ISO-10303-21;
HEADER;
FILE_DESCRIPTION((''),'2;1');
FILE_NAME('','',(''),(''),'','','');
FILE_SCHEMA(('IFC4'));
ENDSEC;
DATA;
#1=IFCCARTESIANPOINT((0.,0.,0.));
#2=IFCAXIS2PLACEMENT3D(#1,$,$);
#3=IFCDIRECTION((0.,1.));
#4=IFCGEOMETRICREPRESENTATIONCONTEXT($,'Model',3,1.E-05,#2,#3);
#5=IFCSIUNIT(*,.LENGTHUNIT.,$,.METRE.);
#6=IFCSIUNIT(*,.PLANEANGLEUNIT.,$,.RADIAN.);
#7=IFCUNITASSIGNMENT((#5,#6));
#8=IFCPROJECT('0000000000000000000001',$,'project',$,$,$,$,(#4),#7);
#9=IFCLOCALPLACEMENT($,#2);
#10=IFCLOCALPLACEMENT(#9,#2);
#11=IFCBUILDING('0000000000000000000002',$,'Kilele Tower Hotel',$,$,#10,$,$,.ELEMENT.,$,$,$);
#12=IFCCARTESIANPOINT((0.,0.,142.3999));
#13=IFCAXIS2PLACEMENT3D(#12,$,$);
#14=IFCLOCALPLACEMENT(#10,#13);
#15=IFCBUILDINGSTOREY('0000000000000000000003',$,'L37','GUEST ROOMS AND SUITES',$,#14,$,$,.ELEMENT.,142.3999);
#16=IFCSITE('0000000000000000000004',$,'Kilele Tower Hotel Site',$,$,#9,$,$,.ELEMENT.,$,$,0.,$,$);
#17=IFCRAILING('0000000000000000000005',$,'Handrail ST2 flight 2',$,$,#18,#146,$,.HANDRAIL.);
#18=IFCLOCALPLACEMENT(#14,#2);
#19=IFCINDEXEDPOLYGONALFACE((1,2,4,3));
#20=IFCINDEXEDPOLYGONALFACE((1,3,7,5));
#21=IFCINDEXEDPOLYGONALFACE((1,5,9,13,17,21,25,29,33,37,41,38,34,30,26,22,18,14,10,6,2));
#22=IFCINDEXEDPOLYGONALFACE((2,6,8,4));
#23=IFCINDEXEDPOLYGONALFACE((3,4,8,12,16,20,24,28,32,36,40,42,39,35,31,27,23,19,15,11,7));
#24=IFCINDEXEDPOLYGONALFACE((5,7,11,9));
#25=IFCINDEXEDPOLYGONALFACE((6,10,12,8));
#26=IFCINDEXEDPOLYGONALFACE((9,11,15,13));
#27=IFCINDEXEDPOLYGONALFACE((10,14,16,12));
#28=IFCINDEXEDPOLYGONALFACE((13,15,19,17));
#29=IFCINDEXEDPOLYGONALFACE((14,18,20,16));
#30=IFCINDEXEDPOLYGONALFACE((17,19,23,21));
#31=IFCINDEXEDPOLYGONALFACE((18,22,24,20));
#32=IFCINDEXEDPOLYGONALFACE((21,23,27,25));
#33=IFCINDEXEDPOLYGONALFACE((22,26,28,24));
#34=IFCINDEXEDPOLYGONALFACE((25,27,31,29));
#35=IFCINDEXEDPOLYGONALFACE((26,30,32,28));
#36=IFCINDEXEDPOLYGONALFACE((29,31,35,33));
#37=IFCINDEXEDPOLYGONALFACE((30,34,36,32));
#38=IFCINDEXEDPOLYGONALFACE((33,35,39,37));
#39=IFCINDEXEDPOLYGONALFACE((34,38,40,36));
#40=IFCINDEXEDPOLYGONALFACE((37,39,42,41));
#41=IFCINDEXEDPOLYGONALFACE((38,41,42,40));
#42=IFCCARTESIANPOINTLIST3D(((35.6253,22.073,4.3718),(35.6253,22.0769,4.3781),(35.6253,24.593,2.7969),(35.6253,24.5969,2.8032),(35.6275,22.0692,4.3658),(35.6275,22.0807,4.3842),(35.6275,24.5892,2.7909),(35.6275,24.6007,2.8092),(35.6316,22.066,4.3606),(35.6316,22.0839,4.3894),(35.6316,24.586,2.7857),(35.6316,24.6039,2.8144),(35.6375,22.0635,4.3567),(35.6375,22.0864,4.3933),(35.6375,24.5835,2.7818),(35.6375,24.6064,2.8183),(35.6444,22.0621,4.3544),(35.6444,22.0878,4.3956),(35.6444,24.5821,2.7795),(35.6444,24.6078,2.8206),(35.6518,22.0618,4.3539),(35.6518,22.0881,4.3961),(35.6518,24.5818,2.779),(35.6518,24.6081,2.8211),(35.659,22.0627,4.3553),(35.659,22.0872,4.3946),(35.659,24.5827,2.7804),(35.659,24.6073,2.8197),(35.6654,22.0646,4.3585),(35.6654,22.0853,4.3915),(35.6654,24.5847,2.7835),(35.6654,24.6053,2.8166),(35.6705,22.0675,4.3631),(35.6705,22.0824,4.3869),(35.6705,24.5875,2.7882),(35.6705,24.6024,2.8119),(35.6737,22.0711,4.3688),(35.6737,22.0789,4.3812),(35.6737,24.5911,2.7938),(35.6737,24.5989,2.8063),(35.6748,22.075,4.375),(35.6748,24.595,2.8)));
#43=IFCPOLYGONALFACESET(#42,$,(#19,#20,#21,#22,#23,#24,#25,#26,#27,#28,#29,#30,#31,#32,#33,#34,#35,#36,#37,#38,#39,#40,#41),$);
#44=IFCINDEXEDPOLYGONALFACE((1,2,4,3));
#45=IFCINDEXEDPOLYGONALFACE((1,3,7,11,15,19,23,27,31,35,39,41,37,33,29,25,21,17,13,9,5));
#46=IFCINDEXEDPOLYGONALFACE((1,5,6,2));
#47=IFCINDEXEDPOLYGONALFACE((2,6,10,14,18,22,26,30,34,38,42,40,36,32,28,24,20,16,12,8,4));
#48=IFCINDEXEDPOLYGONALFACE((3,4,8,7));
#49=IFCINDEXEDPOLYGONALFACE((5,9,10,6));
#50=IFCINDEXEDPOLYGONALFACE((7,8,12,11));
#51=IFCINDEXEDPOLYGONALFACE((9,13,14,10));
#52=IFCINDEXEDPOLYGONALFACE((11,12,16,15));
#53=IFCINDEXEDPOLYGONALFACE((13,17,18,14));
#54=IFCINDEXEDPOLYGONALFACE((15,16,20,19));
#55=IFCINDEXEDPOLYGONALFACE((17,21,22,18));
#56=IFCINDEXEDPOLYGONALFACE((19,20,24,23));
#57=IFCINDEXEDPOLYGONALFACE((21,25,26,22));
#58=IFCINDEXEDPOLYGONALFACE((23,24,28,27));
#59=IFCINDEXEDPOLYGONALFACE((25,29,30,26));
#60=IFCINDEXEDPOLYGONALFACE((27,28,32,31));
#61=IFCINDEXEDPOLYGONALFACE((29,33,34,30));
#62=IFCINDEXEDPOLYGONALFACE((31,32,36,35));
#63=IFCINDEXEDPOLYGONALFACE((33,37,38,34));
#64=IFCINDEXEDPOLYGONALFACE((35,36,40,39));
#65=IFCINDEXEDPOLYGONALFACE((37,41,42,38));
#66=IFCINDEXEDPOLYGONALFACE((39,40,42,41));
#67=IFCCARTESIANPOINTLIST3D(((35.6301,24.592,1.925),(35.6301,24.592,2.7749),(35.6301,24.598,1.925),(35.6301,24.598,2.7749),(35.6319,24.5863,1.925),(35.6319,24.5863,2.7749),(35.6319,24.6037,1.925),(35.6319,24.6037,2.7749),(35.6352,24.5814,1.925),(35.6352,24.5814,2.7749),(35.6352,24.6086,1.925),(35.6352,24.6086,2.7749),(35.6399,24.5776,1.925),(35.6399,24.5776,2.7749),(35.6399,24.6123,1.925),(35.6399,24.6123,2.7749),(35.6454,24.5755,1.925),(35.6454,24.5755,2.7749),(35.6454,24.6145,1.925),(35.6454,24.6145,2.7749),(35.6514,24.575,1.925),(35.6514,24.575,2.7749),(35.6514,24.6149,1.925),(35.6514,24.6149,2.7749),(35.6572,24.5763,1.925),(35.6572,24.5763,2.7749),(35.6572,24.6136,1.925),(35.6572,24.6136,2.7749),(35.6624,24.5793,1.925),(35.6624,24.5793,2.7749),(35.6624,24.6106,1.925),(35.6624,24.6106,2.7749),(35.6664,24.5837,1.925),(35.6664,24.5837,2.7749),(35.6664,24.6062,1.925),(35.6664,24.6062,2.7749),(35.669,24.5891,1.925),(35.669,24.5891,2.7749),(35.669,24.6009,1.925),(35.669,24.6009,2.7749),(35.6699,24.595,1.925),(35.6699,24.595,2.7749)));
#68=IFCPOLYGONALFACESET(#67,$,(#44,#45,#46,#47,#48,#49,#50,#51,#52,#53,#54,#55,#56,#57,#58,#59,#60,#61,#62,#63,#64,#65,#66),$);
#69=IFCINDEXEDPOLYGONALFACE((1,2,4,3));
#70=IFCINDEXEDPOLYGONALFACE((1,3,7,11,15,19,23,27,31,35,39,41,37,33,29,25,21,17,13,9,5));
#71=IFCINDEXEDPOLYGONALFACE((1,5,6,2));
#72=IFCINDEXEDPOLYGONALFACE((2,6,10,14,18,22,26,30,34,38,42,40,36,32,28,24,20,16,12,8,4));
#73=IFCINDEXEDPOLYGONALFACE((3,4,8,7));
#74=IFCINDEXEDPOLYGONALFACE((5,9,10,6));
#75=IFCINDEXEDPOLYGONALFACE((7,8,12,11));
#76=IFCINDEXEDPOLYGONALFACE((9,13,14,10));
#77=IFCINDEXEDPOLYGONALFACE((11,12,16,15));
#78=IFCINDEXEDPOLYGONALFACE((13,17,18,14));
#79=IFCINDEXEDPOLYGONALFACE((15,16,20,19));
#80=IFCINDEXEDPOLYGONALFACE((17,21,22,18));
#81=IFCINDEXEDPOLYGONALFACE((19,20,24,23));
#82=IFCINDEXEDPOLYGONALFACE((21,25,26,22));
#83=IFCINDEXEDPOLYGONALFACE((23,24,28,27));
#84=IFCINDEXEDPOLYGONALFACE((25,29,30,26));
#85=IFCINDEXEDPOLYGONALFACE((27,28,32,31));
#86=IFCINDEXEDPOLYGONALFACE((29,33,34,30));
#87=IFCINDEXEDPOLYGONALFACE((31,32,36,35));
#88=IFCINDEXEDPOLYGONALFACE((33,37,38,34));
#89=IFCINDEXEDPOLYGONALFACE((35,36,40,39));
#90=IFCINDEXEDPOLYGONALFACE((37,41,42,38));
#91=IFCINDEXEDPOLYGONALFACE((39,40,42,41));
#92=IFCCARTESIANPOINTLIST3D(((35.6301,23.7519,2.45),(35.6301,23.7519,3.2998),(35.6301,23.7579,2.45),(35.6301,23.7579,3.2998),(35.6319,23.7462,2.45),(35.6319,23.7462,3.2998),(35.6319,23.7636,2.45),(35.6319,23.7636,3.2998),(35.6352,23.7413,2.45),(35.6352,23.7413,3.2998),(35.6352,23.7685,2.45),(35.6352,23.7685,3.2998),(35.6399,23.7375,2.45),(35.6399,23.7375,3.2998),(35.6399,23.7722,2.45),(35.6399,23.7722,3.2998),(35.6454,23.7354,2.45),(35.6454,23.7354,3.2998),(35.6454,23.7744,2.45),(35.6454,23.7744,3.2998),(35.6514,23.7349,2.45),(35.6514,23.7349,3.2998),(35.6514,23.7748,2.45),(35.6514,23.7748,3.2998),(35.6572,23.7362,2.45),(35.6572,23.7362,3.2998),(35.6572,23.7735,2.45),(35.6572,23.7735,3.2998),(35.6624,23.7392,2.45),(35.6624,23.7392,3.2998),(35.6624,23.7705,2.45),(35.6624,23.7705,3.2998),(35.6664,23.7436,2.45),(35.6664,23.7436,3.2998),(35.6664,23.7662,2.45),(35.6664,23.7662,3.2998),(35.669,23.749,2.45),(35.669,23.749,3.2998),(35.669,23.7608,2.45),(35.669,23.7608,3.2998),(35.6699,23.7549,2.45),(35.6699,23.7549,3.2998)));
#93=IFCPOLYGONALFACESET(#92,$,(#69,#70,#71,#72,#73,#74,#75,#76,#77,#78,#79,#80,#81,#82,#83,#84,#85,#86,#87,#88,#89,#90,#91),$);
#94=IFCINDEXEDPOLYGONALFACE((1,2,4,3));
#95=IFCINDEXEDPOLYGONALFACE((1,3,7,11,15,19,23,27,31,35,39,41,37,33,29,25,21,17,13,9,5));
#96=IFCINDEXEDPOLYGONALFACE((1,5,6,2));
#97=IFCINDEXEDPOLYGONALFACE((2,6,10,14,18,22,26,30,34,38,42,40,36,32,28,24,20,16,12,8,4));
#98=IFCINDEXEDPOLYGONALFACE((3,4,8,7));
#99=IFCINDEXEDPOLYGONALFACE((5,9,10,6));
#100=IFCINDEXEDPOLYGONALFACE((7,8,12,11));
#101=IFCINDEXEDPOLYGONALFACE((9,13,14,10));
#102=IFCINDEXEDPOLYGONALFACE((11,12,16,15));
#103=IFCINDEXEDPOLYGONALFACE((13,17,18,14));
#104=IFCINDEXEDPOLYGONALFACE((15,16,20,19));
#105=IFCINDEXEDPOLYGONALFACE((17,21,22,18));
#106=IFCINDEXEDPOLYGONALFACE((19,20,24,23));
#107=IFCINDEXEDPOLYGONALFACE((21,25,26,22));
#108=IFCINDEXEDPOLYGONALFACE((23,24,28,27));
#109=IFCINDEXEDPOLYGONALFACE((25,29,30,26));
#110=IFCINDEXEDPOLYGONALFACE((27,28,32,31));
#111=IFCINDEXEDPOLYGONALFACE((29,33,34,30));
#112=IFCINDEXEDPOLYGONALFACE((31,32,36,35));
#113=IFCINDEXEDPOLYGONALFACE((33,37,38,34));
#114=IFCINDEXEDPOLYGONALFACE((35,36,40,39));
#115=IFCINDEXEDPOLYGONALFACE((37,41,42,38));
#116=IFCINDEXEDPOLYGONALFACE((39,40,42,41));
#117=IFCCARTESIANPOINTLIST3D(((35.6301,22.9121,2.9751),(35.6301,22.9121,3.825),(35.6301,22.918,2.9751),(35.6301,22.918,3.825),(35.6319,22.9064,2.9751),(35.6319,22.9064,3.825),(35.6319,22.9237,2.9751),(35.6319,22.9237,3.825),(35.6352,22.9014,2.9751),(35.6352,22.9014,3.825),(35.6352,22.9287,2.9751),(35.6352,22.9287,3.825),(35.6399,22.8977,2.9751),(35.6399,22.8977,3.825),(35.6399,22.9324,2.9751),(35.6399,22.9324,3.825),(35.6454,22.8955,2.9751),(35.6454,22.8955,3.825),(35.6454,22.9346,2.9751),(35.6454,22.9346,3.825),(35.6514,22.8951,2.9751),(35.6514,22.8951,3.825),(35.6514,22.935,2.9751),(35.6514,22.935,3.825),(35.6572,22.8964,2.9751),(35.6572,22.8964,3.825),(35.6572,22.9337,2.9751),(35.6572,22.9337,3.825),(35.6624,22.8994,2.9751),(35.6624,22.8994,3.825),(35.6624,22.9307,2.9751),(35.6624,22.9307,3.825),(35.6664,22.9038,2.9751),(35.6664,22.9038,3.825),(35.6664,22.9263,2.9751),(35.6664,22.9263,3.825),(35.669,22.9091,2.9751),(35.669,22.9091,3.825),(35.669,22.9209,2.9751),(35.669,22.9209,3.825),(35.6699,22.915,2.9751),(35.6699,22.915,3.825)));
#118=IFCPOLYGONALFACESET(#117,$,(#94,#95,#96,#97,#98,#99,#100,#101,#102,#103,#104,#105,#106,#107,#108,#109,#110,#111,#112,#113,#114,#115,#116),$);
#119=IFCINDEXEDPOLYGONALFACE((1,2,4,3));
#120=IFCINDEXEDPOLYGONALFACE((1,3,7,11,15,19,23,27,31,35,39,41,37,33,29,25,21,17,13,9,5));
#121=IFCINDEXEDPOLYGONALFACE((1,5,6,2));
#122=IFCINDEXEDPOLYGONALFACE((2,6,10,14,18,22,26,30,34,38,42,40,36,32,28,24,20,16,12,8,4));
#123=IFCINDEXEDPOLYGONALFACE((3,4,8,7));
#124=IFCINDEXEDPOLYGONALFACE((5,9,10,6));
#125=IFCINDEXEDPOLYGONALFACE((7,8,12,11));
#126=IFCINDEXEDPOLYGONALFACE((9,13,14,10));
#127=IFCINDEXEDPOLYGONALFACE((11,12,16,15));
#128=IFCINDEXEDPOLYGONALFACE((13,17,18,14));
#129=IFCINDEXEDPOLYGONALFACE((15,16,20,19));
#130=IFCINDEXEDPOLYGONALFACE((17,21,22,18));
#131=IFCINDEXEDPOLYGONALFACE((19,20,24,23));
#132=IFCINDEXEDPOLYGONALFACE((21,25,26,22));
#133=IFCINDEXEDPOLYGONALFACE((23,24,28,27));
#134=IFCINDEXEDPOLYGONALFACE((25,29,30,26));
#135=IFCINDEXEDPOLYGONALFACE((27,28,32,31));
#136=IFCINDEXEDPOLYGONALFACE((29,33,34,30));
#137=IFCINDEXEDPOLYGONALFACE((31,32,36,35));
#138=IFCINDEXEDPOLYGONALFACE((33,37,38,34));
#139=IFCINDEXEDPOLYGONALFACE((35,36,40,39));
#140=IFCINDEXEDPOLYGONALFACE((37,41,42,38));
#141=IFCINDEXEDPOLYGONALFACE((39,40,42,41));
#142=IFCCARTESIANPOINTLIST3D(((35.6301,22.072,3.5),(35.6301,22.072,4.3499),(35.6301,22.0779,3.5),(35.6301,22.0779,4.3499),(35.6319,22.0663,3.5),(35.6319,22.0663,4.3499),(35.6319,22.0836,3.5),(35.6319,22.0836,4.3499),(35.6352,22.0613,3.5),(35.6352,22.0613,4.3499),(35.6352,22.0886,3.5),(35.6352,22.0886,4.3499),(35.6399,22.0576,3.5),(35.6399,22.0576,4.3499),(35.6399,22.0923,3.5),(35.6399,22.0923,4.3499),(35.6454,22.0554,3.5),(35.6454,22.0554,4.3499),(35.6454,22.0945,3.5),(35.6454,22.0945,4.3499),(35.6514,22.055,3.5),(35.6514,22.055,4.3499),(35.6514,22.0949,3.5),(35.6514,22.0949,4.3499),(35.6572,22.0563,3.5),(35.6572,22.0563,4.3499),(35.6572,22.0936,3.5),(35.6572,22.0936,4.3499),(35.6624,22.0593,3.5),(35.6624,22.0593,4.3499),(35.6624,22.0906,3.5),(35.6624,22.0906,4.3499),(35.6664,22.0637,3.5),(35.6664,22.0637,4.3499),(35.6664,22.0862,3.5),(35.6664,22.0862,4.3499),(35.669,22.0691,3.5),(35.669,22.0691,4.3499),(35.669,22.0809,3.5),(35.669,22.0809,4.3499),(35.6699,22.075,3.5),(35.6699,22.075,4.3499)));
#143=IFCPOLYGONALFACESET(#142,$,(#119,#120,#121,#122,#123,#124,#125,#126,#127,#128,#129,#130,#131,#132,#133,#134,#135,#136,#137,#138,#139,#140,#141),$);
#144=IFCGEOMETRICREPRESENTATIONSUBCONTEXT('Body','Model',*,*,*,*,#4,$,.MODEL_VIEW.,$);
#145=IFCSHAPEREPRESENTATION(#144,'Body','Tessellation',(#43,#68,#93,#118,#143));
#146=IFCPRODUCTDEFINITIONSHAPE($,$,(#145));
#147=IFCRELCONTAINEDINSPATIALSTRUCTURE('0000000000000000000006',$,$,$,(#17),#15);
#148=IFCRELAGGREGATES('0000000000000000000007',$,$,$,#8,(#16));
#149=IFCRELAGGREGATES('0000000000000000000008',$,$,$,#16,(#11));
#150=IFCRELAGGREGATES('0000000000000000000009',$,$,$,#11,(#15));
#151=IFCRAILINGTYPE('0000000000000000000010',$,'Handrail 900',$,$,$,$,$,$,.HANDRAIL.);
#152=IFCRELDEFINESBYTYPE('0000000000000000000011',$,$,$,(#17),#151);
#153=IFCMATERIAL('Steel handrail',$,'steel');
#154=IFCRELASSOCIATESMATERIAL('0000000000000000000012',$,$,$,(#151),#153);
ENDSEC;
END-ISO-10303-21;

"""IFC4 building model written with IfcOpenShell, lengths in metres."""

from ifc_helpers import new_model, si_unit, direction, frame, origin, origin_2d, place, context, subcontext, project, spatial, circle, extrude, material, type_object, element, save


model = new_model("IFC4")

# Units and contexts
model_context = context("Model", 3, precision=1e-05, world=origin(), true_north=direction((0.0, 1.0)))
body_context = subcontext(model_context, "Body", "Model", "MODEL_VIEW")
ifc_project = project(units=[si_unit("LENGTHUNIT", "METRE"), si_unit("PLANEANGLEUNIT", "RADIAN")], contexts=[model_context])

# Site, building, storey
site_placement = place(None, origin())
site = spatial("IfcSite", under=ifc_project, at=site_placement, Name="Kilele Tower Hotel Site", CompositionType="ELEMENT", RefElevation=0.0)
building_placement = place(site_placement, origin())
building = spatial("IfcBuilding", under=site, at=building_placement, Name="Kilele Tower Hotel", CompositionType="ELEMENT")
storey_placement = place(building_placement, frame((0.0, 0.0, 142.3999)))
storey = spatial("IfcBuildingStorey", under=building, at=storey_placement, Name="L37", Description="GUEST ROOMS AND SUITES", CompositionType="ELEMENT", Elevation=142.3999)

# Railing
ifc_material_1 = material(Name="Steel handrail", Category="steel")
railing_type_1 = type_object("IfcRailingType", Name="Handrail 900", PredefinedType="HANDRAIL", material=ifc_material_1)
for number, where, name in (
    (1, (35.6499, 24.595, 1.925), "Handrail ST2 flight 2"),
):
    element("IfcRailing", number, at=place(storey_placement, frame(where)), inside=storey, type_object=railing_type_1, Name=name, PredefinedType="HANDRAIL", context=body_context, shape_type="SweptSolid", body=[
        extrude(circle(Radius=0.0249, at=origin_2d()), frame((0.0, 0.0, 0.875), z_axis=(0.0, -0.848008, 0.529984), x_axis=(1.0, 0.0, 0.0)), (0.0, 0.0, 1.0), 2.9717),
        extrude(circle(Radius=0.02, at=origin_2d()), origin(), (0.0, 0.0, 1.0), 0.8499),
        extrude(circle(Radius=0.02, at=origin_2d()), frame((0.0, -0.8401, 0.5249)), (0.0, 0.0, 1.0), 0.8499),
        extrude(circle(Radius=0.02, at=origin_2d()), frame((0.0, -1.6799, 1.05)), (0.0, 0.0, 1.0), 0.8499),
        extrude(circle(Radius=0.02, at=origin_2d()), frame((0.0, -2.52, 1.575)), (0.0, 0.0, 1.0), 0.8499),
    ])

save(model, "model.ifc")
